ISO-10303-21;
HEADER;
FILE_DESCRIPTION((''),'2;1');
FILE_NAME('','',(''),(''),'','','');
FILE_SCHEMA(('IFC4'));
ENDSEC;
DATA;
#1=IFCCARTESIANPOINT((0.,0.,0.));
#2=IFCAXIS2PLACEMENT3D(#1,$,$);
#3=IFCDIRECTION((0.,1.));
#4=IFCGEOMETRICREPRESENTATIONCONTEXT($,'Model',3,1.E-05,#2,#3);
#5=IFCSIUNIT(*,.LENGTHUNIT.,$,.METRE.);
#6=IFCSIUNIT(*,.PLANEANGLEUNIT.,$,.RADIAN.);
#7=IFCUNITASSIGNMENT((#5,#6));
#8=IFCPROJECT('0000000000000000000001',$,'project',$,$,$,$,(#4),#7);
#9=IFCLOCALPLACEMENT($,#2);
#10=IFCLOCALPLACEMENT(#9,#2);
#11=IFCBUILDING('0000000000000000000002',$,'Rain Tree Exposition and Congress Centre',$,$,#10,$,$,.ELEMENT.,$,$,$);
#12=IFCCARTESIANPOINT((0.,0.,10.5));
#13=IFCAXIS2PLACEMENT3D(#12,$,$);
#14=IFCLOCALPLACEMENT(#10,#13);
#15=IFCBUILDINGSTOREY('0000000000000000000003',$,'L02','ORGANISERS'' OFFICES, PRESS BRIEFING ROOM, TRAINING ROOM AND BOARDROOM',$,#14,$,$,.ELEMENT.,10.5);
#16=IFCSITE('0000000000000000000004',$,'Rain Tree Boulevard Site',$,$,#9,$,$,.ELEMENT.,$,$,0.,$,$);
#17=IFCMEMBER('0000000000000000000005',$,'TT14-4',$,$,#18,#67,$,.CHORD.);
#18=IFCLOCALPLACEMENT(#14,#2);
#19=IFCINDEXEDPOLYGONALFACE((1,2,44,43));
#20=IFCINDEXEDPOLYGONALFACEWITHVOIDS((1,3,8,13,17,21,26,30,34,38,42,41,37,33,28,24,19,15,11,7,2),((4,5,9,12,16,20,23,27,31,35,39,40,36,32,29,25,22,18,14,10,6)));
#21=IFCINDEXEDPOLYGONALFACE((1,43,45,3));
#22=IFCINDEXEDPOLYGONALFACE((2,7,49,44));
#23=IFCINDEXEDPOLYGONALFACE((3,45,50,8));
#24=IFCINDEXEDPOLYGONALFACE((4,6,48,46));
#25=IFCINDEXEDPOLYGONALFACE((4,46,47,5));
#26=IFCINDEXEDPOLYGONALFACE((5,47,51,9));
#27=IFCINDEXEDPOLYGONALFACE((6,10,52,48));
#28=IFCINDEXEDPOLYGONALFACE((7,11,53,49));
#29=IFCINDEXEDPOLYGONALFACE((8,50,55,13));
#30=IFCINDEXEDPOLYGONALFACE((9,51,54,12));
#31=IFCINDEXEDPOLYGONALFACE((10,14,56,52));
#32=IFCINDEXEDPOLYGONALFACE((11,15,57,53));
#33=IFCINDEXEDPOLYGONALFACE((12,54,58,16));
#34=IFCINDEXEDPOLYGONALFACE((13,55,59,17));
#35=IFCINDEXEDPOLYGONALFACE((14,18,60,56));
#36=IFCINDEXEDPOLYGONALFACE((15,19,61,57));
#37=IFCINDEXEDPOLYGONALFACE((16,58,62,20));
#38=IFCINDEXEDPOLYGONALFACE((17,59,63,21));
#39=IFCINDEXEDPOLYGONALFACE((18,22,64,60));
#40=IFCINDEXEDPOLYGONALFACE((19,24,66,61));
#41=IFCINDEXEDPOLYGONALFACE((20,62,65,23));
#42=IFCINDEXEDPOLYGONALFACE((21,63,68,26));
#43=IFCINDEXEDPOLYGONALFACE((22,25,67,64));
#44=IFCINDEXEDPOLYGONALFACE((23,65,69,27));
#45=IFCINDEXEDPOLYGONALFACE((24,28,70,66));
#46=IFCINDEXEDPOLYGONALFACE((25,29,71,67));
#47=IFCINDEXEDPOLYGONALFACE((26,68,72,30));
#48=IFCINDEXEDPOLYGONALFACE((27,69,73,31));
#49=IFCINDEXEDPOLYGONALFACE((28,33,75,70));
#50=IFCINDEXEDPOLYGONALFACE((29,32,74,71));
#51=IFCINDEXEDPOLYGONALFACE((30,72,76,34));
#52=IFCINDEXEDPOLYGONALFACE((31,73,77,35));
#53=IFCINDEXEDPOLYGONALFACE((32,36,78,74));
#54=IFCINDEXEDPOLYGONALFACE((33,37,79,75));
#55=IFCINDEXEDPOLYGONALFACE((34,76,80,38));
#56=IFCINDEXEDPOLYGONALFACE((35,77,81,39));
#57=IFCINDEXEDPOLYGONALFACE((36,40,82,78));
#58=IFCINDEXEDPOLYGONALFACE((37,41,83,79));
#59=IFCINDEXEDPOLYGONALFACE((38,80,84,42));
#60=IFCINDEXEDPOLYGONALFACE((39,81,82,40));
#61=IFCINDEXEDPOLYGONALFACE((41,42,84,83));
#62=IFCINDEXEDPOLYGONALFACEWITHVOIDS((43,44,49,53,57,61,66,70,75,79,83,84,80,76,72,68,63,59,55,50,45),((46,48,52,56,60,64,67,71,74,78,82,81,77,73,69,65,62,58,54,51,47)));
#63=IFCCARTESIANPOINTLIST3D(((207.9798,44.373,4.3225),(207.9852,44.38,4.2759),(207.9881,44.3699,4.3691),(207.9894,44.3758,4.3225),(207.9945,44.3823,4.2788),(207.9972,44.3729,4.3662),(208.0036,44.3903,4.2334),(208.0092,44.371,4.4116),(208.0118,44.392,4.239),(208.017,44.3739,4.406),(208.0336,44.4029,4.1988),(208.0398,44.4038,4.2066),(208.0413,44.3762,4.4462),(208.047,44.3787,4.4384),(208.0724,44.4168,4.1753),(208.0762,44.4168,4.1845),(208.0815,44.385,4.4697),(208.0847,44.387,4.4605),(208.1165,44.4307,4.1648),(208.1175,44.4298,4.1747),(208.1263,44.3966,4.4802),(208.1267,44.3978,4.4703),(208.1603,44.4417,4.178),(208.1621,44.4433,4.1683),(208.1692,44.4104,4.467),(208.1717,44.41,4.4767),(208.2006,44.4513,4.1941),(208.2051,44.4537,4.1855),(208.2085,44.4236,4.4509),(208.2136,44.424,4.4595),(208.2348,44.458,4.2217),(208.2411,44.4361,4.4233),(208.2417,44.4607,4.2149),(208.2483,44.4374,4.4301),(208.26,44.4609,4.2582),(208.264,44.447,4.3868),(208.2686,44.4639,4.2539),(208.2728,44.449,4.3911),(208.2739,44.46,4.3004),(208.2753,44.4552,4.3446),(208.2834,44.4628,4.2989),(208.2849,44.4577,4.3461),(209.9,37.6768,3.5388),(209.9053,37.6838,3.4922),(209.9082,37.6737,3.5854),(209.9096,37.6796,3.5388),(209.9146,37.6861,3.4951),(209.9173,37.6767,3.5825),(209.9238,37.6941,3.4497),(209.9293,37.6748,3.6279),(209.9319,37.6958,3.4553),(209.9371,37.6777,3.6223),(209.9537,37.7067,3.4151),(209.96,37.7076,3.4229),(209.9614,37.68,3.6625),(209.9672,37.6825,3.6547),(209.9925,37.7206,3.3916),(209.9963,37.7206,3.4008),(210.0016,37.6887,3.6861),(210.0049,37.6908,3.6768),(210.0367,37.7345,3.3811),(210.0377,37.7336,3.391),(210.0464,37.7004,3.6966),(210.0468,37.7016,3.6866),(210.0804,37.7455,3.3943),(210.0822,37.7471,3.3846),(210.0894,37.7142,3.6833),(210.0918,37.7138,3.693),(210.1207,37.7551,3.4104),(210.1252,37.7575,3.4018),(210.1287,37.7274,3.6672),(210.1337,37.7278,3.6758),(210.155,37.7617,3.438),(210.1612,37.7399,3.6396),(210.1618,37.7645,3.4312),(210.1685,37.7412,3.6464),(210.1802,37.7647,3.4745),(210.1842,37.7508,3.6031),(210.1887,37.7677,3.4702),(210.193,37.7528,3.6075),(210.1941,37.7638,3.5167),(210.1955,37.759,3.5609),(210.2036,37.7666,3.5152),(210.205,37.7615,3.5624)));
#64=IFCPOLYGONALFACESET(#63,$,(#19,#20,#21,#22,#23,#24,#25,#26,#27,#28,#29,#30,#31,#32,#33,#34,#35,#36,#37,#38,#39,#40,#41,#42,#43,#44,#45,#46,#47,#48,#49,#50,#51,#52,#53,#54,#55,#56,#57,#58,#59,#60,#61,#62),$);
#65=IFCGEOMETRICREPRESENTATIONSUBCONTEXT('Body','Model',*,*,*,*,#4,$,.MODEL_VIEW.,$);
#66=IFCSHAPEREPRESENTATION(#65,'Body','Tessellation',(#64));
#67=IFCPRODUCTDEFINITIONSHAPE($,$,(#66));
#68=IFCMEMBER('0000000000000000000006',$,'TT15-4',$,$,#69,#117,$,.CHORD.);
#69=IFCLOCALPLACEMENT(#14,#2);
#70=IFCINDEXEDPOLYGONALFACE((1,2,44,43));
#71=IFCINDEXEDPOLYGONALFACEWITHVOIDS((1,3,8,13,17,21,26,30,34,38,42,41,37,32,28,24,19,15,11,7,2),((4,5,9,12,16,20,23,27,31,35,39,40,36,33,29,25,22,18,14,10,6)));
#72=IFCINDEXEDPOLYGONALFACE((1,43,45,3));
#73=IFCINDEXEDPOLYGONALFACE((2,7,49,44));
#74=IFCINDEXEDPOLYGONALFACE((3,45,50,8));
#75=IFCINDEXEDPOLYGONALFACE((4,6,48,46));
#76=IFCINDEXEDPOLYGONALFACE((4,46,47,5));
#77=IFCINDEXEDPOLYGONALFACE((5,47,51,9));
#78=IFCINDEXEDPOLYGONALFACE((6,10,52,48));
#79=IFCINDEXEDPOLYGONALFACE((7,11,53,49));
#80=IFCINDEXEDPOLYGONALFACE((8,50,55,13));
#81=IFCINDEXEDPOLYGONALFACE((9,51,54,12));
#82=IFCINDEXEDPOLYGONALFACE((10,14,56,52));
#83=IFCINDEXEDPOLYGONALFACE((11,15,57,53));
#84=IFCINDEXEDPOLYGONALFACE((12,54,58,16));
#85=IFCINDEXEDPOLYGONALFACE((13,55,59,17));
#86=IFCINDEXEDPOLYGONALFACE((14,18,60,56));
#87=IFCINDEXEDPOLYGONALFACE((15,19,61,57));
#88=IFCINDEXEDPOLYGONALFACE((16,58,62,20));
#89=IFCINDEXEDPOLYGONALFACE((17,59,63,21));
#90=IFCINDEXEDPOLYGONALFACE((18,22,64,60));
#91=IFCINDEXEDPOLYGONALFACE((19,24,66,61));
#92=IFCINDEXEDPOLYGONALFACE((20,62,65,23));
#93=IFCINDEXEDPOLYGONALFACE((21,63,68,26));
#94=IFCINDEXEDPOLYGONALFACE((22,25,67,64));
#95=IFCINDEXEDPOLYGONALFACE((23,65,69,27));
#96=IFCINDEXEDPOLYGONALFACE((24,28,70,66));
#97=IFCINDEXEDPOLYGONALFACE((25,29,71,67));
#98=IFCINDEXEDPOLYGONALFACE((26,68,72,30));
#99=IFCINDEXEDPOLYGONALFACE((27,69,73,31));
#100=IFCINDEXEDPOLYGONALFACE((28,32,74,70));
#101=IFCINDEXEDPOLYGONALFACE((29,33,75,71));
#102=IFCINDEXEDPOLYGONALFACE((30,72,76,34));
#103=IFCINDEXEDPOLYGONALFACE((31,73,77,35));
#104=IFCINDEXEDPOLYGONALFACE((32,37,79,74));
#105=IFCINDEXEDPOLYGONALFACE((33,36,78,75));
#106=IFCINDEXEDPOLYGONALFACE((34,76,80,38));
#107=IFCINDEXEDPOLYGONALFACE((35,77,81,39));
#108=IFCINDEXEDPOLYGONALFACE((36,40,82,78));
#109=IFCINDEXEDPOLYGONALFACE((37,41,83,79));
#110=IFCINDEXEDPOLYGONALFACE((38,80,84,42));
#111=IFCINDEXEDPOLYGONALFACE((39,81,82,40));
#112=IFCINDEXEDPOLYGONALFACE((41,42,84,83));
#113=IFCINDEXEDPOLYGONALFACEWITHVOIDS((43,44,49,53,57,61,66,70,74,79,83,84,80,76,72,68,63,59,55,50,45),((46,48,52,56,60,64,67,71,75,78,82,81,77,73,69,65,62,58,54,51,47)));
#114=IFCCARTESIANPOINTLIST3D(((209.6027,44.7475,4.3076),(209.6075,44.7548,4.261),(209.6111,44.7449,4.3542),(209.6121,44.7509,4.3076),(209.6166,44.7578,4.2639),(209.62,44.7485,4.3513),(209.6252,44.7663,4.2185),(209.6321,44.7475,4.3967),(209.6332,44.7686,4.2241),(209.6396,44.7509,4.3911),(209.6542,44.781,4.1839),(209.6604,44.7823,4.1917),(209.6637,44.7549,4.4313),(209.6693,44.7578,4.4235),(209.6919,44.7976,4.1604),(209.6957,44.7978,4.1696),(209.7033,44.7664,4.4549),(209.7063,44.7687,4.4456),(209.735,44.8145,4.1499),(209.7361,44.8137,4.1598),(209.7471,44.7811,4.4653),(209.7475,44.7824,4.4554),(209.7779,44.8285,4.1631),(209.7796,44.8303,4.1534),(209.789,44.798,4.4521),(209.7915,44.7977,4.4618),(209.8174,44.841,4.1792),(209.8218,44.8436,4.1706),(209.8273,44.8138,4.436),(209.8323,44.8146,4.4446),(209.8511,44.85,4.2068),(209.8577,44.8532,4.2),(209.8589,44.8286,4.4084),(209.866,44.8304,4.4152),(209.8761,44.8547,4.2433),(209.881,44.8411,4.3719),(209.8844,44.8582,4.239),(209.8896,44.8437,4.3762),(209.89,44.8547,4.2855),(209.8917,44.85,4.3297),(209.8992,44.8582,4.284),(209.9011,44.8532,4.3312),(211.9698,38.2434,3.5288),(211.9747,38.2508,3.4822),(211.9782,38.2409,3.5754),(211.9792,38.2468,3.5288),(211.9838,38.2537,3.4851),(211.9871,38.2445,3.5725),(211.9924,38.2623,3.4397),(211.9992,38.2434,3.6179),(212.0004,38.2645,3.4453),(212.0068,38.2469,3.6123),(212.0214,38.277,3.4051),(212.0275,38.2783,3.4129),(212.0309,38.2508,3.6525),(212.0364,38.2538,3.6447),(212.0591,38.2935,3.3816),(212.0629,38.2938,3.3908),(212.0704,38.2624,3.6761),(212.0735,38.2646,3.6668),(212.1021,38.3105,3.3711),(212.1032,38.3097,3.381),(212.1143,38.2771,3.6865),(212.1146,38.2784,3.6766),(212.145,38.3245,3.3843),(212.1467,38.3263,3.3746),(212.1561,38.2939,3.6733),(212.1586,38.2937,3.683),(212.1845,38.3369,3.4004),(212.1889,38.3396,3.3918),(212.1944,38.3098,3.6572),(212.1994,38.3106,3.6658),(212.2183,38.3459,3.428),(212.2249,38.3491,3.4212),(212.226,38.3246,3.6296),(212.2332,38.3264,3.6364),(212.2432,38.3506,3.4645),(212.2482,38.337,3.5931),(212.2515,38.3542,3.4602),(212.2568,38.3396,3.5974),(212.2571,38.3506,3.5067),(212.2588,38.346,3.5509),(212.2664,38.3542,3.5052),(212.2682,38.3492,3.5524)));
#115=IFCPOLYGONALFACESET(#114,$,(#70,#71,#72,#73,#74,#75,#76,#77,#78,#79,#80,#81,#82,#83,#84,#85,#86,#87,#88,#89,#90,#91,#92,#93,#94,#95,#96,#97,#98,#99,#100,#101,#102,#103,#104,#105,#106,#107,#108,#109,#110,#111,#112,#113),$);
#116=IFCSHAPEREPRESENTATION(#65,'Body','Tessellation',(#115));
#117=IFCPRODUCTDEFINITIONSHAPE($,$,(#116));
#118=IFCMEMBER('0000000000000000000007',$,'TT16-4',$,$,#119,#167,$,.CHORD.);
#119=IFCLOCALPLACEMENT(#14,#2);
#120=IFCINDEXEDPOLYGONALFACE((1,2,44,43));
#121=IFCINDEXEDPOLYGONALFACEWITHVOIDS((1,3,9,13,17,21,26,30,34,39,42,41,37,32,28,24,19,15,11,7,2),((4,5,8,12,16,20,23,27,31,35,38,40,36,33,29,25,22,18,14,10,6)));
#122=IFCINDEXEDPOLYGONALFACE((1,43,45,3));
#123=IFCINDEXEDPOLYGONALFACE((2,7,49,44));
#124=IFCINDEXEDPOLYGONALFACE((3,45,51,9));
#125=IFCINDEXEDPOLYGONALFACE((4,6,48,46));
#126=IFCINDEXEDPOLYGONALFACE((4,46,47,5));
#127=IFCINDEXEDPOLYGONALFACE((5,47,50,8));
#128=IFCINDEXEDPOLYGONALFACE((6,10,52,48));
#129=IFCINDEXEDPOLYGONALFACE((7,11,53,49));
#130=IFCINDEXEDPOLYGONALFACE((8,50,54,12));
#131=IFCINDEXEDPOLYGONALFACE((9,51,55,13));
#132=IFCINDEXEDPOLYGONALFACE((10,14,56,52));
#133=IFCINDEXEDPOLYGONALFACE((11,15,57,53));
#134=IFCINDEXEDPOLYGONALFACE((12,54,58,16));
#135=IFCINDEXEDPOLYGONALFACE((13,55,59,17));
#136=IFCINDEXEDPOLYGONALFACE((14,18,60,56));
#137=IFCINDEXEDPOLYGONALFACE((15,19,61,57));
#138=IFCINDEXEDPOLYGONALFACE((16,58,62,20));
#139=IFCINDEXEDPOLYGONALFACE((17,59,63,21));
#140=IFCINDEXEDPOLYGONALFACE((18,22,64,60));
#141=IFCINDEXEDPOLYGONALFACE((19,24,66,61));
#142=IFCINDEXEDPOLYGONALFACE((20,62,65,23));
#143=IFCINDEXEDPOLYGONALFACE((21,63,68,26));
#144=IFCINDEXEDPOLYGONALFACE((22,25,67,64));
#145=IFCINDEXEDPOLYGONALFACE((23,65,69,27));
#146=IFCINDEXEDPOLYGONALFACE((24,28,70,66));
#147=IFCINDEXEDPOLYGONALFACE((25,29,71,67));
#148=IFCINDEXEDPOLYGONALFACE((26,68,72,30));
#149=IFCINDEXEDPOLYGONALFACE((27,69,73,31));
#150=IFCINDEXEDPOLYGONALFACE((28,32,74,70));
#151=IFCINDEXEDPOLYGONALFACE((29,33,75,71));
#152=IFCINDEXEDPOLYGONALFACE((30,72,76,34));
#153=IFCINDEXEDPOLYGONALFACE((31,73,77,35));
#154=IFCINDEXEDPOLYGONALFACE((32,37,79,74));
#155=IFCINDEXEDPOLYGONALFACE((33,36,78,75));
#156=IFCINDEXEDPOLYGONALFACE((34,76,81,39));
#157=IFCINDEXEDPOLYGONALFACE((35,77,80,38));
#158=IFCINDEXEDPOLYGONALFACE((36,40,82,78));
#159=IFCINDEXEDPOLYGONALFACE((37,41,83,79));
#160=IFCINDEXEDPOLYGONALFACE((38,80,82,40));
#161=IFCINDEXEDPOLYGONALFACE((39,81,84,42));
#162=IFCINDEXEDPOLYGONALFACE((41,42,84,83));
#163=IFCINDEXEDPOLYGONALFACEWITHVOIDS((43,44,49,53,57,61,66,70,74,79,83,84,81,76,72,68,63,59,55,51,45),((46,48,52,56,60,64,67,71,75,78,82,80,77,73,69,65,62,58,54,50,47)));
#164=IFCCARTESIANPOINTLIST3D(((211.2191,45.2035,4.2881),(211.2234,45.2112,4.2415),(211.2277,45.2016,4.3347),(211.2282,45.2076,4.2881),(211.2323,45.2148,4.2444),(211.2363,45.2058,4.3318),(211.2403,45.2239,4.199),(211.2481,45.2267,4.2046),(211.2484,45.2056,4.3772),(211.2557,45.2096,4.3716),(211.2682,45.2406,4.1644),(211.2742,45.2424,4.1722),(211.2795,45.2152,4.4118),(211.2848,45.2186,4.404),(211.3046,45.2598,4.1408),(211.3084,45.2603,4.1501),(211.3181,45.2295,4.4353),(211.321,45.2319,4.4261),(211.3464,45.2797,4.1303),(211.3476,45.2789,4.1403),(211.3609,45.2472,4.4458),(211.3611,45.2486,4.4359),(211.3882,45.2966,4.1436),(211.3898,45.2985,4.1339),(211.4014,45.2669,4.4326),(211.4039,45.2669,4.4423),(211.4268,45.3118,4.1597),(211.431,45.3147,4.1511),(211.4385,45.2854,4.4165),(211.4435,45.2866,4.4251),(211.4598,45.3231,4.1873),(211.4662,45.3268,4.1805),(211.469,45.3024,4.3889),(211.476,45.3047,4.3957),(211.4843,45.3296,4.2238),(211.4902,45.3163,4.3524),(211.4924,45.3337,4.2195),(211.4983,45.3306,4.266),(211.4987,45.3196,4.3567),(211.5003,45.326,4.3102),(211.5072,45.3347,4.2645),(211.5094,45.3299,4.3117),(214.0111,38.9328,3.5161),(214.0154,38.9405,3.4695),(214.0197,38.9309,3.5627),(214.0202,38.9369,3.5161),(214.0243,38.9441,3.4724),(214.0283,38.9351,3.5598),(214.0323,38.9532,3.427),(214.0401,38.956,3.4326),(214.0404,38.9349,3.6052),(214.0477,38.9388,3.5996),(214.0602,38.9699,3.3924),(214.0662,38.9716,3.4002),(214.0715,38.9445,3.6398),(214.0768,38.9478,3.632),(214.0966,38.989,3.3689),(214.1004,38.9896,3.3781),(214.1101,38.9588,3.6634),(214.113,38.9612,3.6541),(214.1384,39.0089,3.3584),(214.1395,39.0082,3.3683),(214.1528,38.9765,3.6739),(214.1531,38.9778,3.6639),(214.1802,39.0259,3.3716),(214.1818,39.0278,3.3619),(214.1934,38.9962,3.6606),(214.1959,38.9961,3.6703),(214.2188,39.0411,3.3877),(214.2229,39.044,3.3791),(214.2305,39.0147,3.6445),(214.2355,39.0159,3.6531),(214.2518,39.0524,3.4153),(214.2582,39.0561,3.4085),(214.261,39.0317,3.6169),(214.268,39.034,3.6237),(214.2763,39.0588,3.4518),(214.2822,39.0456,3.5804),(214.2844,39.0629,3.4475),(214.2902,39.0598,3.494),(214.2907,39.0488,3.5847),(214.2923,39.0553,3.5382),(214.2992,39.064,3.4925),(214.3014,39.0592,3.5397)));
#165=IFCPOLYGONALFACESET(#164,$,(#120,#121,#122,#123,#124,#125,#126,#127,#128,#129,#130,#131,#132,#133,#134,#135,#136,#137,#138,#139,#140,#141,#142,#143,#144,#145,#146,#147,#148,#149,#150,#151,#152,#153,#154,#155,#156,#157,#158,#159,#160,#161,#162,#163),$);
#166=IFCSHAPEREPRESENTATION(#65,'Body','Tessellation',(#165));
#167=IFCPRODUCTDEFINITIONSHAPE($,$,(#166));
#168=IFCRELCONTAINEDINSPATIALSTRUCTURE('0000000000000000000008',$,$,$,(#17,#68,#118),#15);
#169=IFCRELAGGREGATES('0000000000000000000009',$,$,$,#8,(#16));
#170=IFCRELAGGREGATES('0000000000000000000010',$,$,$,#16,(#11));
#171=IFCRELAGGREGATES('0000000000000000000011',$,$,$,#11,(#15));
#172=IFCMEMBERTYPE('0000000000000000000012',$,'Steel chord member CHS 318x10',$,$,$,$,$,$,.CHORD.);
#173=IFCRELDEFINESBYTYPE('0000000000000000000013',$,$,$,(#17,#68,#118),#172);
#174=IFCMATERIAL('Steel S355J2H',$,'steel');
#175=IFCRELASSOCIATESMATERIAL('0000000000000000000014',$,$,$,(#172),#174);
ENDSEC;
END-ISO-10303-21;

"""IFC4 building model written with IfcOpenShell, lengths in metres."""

from ifc_helpers import new_model, si_unit, direction, frame, origin, origin_2d, place, context, subcontext, project, spatial, hollow_circle, extrude, material, material_profile, profile_set, type_object, element, save


model = new_model("IFC4")

# Units and contexts
model_context = context("Model", 3, precision=1e-05, world=origin(), true_north=direction((0.0, 1.0)))
body_context = subcontext(model_context, "Body", "Model", "MODEL_VIEW")
ifc_project = project(units=[si_unit("LENGTHUNIT", "METRE"), si_unit("PLANEANGLEUNIT", "RADIAN")], contexts=[model_context])

# Site, building, storey
site_placement = place(None, origin())
site = spatial("IfcSite", under=ifc_project, at=site_placement, Name="Rain Tree Boulevard Site", CompositionType="ELEMENT", RefElevation=0.0)
building_placement = place(site_placement, origin())
building = spatial("IfcBuilding", under=site, at=building_placement, Name="Rain Tree Exposition and Congress Centre", CompositionType="ELEMENT")
storey_placement = place(building_placement, frame((0.0, 0.0, 10.5)))
storey = spatial("IfcBuildingStorey", under=building, at=storey_placement, Name="L02", Description="ORGANISERS' OFFICES, PRESS BRIEFING ROOM, TRAINING ROOM AND BOARDROOM", CompositionType="ELEMENT", Elevation=10.5)

# Members
ifc_material_1 = material(Name="Steel S355J2H", Category="steel")
ifc_material_profile_1 = material_profile(ifc_material_1, hollow_circle(Radius=0.1592, WallThickness=0.01, at=origin_2d()), Name="CHS 318x10")
ifc_profile_set_1 = profile_set([ifc_material_profile_1], Name="Steel S355J2H")
member_type_1 = type_object("IfcMemberType", Name="Steel chord member CHS 318x10", PredefinedType="CHORD", material=ifc_profile_set_1)
member_1_placement = place(storey_placement, frame((210.053, 37.7207, 3.5388), z_axis=(-0.273914, 0.955235, 0.111795), x_axis=(-0.96126, -0.275642, 0.0)))
element("IfcMember", 1, at=member_1_placement, inside=storey, type_object=member_type_1, Name="TT14-4", PredefinedType="CHORD", context=body_context, shape_type="SweptSolid", body=[
    extrude(hollow_circle(Radius=0.1592, WallThickness=0.01, at=origin_2d()), origin(), (0.0, 0.0, 1.0), 7.01),
])
member_2_placement = place(storey_placement, frame((212.1194, 38.2979, 3.5288), z_axis=(-0.339859, 0.933806, 0.111814), x_axis=(-0.939699, -0.342004, 0.0)))
element("IfcMember", 2, at=member_2_placement, inside=storey, type_object=member_type_1, Name="TT15-4", PredefinedType="CHORD", context=body_context, shape_type="SweptSolid", body=[
    extrude(hollow_circle(Radius=0.1592, WallThickness=0.01, at=origin_2d()), origin(), (0.0, 0.0, 1.0), 6.9651),
])
member_3_placement = place(storey_placement, frame((214.1565, 38.9976, 3.5161), z_axis=(-0.404197, 0.907818, 0.111759), x_axis=(-0.913541, -0.406746, 0.0)))
element("IfcMember", 3, at=member_3_placement, inside=storey, type_object=member_type_1, Name="TT16-4", PredefinedType="CHORD", context=body_context, shape_type="SweptSolid", body=[
    extrude(hollow_circle(Radius=0.1592, WallThickness=0.01, at=origin_2d()), origin(), (0.0, 0.0, 1.0), 6.9075),
])

save(model, "model.ifc")
